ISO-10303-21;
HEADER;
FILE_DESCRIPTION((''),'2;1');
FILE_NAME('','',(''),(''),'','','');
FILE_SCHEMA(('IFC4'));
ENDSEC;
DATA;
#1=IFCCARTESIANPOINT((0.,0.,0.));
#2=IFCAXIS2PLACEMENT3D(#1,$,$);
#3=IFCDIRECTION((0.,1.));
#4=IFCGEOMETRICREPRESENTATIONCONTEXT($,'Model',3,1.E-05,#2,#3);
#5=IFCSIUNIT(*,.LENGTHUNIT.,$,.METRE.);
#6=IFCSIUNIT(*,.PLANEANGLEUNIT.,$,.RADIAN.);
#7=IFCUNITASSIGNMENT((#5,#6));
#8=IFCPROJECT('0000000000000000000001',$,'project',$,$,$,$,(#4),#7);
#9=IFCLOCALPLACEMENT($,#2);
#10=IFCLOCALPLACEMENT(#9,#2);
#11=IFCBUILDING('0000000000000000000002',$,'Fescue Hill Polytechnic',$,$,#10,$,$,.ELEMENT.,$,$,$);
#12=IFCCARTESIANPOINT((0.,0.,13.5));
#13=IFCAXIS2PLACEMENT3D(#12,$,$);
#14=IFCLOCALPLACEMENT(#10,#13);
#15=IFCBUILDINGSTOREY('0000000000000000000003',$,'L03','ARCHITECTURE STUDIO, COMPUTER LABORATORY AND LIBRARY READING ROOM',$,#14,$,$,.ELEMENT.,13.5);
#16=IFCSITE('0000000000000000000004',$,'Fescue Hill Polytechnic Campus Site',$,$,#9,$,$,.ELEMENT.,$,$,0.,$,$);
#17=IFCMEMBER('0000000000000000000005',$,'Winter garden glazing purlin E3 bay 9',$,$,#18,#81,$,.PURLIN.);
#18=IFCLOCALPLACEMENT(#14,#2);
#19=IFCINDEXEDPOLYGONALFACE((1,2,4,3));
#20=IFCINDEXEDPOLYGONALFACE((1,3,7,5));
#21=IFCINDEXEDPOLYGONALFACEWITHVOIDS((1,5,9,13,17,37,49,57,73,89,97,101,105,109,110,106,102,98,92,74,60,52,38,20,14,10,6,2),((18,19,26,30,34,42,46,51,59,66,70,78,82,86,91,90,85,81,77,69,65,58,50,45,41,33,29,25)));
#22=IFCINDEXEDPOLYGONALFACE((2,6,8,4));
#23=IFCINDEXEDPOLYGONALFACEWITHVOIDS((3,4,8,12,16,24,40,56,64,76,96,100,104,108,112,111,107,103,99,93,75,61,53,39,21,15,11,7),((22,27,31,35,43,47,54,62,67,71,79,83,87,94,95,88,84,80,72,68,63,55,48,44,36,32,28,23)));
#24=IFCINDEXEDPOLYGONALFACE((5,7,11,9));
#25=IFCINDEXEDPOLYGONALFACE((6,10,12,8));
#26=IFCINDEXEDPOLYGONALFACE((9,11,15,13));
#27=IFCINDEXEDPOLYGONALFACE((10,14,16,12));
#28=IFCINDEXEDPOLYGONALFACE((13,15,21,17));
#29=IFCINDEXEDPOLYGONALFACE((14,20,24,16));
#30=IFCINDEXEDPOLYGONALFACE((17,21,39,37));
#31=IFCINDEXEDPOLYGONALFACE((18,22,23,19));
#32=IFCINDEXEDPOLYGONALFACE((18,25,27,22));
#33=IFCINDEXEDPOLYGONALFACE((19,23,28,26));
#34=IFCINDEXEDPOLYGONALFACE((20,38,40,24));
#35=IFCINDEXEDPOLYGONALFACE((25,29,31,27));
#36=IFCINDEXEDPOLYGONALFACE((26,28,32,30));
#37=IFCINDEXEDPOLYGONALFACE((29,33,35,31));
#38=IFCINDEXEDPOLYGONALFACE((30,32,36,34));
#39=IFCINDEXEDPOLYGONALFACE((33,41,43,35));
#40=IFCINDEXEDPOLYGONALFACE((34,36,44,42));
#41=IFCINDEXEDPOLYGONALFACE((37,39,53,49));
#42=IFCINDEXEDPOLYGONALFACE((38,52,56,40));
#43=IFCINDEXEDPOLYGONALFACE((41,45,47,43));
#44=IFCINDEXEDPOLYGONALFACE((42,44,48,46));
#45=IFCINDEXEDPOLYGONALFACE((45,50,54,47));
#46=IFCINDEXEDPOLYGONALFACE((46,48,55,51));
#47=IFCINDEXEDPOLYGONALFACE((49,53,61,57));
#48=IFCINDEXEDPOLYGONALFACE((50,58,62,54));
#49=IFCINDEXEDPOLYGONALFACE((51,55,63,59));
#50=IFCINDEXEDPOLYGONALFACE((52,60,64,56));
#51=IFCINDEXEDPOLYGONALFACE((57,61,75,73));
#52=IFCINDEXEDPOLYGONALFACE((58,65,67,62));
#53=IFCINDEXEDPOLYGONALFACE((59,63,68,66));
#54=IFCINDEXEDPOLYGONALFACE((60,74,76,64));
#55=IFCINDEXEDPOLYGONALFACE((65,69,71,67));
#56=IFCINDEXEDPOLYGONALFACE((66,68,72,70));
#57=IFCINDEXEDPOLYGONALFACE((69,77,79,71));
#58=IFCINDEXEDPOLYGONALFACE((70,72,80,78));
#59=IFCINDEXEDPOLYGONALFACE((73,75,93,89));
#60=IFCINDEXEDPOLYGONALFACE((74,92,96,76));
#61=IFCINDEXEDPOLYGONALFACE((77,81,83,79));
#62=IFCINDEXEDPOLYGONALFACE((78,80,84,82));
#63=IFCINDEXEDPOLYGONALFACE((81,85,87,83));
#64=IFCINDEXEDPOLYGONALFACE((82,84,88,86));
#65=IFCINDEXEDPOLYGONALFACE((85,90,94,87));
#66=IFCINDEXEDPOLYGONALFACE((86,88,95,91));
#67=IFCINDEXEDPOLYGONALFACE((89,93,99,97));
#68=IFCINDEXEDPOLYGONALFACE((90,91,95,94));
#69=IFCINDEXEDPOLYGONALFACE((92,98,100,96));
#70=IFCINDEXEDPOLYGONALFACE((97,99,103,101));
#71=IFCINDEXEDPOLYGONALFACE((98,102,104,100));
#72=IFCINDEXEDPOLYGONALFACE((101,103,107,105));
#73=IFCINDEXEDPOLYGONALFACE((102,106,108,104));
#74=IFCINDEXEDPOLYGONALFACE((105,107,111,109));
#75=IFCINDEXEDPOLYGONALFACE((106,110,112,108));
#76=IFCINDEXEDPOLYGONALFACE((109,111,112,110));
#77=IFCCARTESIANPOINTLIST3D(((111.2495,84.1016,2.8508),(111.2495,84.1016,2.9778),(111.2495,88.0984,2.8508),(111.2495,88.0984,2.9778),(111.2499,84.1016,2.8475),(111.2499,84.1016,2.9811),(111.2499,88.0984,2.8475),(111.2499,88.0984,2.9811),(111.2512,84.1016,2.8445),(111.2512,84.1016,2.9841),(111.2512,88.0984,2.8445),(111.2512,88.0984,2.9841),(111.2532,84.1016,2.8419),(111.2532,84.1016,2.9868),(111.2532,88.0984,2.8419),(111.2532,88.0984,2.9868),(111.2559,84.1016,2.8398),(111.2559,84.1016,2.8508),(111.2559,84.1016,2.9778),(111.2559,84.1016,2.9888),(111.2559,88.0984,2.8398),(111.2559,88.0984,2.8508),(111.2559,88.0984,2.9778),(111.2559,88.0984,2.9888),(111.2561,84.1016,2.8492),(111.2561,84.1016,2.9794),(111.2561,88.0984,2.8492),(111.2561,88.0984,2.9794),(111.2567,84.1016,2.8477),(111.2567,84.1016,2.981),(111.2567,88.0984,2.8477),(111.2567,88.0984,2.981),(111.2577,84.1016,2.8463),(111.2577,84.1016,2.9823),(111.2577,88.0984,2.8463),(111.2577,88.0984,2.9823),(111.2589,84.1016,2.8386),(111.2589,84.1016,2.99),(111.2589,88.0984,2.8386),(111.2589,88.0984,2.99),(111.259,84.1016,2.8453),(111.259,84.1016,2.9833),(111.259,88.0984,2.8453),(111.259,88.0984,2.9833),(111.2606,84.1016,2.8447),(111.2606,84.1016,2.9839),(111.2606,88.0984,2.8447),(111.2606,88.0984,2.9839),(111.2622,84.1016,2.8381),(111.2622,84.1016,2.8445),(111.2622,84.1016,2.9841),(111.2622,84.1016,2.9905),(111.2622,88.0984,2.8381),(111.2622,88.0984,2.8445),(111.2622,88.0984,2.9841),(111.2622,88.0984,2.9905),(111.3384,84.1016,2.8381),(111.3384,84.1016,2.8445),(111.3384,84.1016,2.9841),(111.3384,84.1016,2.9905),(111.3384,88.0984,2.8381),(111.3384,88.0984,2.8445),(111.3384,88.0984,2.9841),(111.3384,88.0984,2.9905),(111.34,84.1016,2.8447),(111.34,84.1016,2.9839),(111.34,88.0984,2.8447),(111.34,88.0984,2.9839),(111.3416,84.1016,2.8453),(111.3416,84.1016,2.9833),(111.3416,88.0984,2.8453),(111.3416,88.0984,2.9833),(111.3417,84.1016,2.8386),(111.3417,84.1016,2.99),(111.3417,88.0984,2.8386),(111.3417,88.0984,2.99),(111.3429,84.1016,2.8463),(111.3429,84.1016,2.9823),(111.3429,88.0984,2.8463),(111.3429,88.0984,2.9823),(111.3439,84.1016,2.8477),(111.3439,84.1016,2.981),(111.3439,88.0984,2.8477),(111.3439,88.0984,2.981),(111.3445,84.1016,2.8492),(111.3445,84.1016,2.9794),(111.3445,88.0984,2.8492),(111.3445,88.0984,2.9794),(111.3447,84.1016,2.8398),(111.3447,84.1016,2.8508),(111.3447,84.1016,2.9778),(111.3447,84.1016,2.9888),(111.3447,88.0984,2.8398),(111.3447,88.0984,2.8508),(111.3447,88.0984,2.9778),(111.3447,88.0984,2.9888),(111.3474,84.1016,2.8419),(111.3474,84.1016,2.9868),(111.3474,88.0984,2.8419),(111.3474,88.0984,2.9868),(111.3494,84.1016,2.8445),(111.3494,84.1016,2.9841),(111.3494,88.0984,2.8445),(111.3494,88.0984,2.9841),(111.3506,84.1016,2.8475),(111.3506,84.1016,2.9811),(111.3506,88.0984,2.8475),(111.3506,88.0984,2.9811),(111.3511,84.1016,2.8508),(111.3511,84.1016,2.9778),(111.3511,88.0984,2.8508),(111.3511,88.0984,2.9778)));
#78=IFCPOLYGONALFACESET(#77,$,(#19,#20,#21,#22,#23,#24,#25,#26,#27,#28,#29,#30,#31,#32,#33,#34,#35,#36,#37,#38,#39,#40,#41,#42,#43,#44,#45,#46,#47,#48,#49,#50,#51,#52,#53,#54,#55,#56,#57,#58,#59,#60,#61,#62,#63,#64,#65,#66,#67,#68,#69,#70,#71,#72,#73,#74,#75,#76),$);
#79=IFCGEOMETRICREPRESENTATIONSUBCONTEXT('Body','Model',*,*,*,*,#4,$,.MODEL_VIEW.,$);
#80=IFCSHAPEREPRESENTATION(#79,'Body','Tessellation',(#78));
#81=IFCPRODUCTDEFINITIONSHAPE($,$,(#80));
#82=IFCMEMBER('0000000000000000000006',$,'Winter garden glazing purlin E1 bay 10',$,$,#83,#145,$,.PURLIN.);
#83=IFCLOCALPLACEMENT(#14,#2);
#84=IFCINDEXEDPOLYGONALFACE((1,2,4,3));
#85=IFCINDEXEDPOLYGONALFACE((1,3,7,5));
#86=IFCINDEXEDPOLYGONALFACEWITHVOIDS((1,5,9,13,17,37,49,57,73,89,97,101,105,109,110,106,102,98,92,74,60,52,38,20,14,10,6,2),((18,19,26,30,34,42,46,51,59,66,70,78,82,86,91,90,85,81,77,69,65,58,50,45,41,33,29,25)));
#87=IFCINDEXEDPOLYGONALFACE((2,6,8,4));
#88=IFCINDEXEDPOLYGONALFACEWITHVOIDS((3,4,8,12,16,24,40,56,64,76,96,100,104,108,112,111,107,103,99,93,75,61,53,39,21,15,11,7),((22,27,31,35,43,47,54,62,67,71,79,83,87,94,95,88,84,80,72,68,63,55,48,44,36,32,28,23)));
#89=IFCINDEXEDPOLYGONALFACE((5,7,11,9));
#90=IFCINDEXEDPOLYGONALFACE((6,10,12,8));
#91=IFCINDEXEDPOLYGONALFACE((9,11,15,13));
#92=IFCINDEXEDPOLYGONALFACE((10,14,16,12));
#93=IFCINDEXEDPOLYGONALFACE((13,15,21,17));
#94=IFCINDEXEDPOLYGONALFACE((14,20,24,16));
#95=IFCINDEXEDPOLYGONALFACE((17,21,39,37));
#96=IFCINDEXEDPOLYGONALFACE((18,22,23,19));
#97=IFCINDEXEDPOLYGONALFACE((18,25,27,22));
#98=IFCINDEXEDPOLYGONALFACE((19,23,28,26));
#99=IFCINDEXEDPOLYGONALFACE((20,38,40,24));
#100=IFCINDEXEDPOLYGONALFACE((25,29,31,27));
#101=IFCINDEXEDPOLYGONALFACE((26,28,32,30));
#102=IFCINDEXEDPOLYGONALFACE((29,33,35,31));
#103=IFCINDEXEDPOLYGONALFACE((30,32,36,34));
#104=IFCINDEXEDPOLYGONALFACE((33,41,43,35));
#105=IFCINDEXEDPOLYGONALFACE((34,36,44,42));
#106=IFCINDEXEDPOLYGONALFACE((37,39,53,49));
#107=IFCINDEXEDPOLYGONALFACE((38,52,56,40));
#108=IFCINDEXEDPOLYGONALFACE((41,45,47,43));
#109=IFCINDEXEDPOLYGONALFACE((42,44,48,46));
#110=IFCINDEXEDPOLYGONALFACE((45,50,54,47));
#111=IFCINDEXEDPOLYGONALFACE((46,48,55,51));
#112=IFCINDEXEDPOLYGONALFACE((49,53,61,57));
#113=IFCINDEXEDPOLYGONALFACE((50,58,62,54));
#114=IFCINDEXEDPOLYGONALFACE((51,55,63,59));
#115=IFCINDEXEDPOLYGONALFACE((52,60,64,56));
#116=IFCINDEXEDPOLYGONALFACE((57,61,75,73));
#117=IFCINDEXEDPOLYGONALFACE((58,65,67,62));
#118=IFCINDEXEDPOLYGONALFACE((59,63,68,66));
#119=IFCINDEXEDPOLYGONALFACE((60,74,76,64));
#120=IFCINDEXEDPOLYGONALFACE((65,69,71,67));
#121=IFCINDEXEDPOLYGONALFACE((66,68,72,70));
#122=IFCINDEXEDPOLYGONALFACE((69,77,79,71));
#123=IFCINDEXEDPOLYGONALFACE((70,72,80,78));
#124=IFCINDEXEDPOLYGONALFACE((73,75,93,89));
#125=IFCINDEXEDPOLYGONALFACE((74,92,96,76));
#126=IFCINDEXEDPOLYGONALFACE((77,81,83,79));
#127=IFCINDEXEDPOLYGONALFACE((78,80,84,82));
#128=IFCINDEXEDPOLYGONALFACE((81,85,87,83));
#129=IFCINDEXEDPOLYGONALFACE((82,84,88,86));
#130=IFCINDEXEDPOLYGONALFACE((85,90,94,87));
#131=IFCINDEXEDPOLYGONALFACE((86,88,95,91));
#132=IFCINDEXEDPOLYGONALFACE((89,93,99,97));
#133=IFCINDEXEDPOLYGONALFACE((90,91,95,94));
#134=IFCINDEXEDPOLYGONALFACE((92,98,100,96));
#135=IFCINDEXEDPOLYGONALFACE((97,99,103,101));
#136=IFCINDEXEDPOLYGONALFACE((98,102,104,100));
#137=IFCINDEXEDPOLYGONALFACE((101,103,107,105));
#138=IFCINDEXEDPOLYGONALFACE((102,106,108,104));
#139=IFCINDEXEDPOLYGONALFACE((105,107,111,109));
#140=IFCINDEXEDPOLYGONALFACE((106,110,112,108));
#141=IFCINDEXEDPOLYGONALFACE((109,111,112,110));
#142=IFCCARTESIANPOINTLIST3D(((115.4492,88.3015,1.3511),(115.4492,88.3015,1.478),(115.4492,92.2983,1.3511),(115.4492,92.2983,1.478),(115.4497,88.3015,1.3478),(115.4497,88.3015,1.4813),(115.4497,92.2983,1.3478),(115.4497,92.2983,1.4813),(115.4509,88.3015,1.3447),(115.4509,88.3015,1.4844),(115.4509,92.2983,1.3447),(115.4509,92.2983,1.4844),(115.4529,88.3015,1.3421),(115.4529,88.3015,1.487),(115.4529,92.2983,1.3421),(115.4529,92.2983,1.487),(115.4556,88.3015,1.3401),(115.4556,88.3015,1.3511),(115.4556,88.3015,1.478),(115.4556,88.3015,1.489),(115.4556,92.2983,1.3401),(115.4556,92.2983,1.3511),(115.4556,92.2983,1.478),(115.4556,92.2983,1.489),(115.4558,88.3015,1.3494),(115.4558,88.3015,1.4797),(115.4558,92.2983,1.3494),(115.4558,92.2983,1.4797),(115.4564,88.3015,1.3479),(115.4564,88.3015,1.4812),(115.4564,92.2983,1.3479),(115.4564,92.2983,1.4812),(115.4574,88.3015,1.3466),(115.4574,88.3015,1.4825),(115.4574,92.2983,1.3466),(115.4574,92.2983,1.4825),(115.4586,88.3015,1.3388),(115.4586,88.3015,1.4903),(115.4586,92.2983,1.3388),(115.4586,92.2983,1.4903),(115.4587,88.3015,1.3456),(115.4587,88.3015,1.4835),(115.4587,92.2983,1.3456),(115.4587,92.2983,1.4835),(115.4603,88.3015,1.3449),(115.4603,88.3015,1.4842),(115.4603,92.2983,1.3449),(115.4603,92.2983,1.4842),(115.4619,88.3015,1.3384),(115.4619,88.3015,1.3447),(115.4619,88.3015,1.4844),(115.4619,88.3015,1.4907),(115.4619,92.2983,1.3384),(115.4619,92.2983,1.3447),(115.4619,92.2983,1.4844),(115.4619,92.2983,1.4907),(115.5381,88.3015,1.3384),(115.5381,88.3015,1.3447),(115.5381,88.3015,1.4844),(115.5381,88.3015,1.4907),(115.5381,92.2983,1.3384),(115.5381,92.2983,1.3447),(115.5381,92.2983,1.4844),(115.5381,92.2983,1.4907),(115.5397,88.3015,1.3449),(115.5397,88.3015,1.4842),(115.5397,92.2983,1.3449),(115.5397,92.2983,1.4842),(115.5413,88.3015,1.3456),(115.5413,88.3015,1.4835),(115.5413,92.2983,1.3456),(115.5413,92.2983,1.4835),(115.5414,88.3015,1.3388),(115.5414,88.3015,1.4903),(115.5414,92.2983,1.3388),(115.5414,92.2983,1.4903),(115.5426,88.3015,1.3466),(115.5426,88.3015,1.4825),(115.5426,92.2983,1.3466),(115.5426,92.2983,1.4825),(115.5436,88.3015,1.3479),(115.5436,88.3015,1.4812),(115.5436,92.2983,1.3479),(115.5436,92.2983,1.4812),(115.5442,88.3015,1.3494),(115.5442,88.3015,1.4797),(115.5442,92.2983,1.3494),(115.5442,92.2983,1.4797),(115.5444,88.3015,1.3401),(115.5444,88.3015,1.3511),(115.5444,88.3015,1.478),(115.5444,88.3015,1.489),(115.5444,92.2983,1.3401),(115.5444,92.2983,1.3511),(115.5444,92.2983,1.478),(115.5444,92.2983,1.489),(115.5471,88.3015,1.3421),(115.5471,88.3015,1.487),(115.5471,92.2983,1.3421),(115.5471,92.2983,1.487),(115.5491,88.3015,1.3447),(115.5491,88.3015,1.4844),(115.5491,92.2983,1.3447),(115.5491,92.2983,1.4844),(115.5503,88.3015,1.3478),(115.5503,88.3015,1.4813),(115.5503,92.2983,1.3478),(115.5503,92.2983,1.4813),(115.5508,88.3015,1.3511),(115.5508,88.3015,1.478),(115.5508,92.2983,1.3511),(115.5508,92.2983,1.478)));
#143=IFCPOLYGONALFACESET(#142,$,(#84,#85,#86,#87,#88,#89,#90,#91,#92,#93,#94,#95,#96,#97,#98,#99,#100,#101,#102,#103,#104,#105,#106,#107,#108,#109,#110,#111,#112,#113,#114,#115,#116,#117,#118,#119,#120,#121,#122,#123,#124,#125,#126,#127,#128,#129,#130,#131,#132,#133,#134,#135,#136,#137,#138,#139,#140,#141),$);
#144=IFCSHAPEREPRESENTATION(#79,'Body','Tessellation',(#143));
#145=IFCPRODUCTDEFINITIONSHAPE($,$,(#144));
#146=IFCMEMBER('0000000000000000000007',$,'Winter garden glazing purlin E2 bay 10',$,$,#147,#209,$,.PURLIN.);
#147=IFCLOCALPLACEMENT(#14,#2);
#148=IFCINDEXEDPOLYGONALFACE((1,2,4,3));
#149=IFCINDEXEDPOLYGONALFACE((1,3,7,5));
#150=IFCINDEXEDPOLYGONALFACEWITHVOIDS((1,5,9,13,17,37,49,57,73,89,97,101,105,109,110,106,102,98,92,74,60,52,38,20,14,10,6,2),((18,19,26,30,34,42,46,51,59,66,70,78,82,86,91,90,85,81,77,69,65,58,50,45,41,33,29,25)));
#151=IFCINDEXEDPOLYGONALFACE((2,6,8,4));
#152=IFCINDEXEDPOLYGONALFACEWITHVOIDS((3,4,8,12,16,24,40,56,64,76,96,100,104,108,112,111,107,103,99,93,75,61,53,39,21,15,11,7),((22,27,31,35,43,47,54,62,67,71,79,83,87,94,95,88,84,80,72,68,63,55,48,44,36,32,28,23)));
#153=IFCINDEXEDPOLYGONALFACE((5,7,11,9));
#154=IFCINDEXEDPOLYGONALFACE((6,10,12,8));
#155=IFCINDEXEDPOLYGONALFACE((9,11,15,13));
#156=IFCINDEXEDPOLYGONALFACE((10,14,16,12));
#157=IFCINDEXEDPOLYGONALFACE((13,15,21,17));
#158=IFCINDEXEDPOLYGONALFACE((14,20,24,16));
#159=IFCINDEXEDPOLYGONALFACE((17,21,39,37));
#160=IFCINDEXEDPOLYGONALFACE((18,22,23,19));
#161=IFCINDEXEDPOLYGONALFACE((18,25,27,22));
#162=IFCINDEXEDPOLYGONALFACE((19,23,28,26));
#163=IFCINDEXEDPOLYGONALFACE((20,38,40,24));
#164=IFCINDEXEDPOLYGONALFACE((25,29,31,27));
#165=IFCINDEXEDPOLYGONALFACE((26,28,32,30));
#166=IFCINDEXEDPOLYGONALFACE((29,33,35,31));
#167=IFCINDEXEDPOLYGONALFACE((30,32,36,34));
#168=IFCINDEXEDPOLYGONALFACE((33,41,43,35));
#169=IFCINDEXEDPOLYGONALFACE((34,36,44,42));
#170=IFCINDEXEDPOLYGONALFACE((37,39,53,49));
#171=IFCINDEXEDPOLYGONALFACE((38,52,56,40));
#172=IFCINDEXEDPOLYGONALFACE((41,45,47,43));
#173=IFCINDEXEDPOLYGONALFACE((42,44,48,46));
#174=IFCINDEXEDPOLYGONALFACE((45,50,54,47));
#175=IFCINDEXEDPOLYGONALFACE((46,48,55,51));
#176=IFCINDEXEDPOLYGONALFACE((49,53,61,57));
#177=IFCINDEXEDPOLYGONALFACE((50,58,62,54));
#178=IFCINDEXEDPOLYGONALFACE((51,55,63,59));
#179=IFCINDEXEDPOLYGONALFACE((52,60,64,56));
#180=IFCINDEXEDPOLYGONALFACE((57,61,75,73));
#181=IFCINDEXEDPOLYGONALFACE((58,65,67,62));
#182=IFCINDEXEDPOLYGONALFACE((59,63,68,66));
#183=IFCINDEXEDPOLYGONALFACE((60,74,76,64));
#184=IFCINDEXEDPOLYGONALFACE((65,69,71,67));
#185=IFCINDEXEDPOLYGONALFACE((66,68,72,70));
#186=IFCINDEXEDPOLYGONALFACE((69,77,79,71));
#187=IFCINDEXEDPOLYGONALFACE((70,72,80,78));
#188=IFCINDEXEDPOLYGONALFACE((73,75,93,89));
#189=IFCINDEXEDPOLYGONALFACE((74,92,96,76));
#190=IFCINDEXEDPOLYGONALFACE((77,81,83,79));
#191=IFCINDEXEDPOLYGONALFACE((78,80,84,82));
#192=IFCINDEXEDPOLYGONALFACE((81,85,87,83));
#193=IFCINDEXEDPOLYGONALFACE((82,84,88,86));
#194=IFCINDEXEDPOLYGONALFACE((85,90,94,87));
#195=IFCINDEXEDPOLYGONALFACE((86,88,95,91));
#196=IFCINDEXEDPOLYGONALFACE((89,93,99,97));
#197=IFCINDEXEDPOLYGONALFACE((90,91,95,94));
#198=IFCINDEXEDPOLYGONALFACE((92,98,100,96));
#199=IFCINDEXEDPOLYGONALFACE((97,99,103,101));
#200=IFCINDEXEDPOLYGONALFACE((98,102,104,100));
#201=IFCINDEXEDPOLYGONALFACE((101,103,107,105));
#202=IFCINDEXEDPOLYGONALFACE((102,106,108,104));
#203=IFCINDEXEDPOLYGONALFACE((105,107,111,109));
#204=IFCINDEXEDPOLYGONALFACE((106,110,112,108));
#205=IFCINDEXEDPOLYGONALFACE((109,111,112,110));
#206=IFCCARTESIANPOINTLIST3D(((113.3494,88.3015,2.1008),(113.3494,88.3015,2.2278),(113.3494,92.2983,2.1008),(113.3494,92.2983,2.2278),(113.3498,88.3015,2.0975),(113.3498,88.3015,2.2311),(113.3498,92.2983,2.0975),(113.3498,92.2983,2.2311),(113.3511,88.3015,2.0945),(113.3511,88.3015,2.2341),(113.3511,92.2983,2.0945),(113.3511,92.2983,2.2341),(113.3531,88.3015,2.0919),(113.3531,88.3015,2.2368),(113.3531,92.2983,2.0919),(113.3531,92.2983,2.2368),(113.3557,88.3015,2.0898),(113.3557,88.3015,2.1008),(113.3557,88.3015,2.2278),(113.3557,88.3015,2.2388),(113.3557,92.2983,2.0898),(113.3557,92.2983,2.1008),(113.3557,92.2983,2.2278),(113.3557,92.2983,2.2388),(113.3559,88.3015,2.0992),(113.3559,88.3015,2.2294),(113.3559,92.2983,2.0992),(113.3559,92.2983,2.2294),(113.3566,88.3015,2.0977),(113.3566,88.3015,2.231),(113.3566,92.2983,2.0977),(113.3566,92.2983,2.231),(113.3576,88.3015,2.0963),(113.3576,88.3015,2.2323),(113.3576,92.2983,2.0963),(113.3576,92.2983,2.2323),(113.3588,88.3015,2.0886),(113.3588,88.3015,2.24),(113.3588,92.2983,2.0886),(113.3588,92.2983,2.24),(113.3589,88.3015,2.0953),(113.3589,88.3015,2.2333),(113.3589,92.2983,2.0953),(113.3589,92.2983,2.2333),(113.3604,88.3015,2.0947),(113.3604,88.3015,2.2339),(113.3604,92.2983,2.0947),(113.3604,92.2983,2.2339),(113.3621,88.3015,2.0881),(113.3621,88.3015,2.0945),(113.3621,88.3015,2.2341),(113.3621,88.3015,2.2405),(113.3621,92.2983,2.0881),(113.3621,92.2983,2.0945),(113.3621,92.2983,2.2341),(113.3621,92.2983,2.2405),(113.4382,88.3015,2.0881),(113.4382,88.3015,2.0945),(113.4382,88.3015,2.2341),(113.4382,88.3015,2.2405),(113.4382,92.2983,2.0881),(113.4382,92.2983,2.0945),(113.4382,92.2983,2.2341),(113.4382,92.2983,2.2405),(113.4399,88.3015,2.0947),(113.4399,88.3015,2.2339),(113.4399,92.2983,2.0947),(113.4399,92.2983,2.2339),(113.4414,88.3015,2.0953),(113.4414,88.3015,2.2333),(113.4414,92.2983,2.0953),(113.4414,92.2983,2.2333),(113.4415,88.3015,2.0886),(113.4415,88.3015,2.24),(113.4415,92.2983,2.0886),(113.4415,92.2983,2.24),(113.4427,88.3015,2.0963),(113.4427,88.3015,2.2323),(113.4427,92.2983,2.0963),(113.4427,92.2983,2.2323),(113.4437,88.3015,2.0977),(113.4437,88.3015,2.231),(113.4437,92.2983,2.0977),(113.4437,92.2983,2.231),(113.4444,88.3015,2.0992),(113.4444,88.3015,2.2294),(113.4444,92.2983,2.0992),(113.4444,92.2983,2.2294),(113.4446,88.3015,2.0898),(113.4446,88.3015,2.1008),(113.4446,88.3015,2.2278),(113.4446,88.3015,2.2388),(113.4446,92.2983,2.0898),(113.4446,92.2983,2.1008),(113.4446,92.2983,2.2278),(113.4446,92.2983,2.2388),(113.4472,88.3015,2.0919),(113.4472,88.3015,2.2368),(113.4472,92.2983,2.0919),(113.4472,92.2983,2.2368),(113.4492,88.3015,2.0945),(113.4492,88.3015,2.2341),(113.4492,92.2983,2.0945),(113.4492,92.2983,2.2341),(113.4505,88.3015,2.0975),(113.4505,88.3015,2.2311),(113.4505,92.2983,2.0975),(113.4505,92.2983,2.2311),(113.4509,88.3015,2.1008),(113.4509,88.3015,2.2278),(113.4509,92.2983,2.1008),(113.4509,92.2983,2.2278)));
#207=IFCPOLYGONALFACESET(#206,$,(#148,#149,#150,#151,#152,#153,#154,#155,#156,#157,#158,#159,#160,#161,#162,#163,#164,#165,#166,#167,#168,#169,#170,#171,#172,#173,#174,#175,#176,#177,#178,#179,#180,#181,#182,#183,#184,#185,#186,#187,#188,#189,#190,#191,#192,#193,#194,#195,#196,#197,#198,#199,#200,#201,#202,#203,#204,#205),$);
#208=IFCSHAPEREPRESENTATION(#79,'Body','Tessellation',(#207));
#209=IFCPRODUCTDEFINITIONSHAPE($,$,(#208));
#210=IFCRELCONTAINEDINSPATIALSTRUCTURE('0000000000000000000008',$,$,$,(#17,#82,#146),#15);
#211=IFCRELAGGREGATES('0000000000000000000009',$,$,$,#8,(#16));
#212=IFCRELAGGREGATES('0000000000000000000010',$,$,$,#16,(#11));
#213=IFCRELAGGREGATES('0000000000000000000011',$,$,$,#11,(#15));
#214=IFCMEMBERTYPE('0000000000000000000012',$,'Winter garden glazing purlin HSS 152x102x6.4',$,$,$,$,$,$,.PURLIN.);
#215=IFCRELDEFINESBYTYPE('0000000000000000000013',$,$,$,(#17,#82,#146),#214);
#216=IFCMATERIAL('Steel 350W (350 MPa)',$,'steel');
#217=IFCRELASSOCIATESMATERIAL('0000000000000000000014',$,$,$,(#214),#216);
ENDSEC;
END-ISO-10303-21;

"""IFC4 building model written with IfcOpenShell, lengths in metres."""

from ifc_helpers import new_model, si_unit, direction, frame, origin, origin_2d, place, context, subcontext, project, spatial, hollow_rectangle, extrude, material, material_profile, profile_set, type_object, element, save


model = new_model("IFC4")

# Units and contexts
model_context = context("Model", 3, precision=1e-05, world=origin(), true_north=direction((0.0, 1.0)))
body_context = subcontext(model_context, "Body", "Model", "MODEL_VIEW")
ifc_project = project(units=[si_unit("LENGTHUNIT", "METRE"), si_unit("PLANEANGLEUNIT", "RADIAN")], contexts=[model_context])

# Site, building, storey
site_placement = place(None, origin())
site = spatial("IfcSite", under=ifc_project, at=site_placement, Name="Fescue Hill Polytechnic Campus Site", CompositionType="ELEMENT", RefElevation=0.0)
building_placement = place(site_placement, origin())
building = spatial("IfcBuilding", under=site, at=building_placement, Name="Fescue Hill Polytechnic", CompositionType="ELEMENT")
storey_placement = place(building_placement, frame((0.0, 0.0, 13.5)))
storey = spatial("IfcBuildingStorey", under=building, at=storey_placement, Name="L03", Description="ARCHITECTURE STUDIO, COMPUTER LABORATORY AND LIBRARY READING ROOM", CompositionType="ELEMENT", Elevation=13.5)

# Members
ifc_material_1 = material(Name="Steel 350W (350 MPa)", Category="steel")
ifc_material_profile_1 = material_profile(ifc_material_1, hollow_rectangle(XDim=0.1016, YDim=0.1523, WallThickness=0.0063, InnerFilletRadius=0.0063, OuterFilletRadius=0.0127, at=origin_2d()), Name="Winter garden glazing purlin HSS 152x102x6.4")
ifc_profile_set_1 = profile_set([ifc_material_profile_1], Name="Steel 350W (350 MPa)")
member_type_1 = type_object("IfcMemberType", Name="Winter garden glazing purlin HSS 152x102x6.4", PredefinedType="PURLIN", material=ifc_profile_set_1)
for number, where, z_axis, x_axis, name in (
    (1, (111.3003, 84.1016, 2.9143), (0.0, 1.0, 0.0), (-1.0, 0.0, 0.0), "Winter garden glazing purlin E3 bay 9"),
    (2, (115.5, 88.3015, 1.4146), (0.0, 1.0, 0.0), (-1.0, 0.0, 0.0), "Winter garden glazing purlin E1 bay 10"),
    (3, (113.4001, 88.3015, 2.1643), (0.0, 1.0, 0.0), (-1.0, 0.0, 0.0), "Winter garden glazing purlin E2 bay 10"),
):
    element("IfcMember", number, at=place(storey_placement, frame(where, z_axis=z_axis, x_axis=x_axis)), inside=storey, type_object=member_type_1, Name=name, PredefinedType="PURLIN", context=body_context, shape_type="SweptSolid", body=[
        extrude(hollow_rectangle(XDim=0.1016, YDim=0.1523, WallThickness=0.0063, InnerFilletRadius=0.0063, OuterFilletRadius=0.0127, at=origin_2d()), origin(), (0.0, 0.0, 1.0), 3.9968),
    ])

save(model, "model.ifc")
